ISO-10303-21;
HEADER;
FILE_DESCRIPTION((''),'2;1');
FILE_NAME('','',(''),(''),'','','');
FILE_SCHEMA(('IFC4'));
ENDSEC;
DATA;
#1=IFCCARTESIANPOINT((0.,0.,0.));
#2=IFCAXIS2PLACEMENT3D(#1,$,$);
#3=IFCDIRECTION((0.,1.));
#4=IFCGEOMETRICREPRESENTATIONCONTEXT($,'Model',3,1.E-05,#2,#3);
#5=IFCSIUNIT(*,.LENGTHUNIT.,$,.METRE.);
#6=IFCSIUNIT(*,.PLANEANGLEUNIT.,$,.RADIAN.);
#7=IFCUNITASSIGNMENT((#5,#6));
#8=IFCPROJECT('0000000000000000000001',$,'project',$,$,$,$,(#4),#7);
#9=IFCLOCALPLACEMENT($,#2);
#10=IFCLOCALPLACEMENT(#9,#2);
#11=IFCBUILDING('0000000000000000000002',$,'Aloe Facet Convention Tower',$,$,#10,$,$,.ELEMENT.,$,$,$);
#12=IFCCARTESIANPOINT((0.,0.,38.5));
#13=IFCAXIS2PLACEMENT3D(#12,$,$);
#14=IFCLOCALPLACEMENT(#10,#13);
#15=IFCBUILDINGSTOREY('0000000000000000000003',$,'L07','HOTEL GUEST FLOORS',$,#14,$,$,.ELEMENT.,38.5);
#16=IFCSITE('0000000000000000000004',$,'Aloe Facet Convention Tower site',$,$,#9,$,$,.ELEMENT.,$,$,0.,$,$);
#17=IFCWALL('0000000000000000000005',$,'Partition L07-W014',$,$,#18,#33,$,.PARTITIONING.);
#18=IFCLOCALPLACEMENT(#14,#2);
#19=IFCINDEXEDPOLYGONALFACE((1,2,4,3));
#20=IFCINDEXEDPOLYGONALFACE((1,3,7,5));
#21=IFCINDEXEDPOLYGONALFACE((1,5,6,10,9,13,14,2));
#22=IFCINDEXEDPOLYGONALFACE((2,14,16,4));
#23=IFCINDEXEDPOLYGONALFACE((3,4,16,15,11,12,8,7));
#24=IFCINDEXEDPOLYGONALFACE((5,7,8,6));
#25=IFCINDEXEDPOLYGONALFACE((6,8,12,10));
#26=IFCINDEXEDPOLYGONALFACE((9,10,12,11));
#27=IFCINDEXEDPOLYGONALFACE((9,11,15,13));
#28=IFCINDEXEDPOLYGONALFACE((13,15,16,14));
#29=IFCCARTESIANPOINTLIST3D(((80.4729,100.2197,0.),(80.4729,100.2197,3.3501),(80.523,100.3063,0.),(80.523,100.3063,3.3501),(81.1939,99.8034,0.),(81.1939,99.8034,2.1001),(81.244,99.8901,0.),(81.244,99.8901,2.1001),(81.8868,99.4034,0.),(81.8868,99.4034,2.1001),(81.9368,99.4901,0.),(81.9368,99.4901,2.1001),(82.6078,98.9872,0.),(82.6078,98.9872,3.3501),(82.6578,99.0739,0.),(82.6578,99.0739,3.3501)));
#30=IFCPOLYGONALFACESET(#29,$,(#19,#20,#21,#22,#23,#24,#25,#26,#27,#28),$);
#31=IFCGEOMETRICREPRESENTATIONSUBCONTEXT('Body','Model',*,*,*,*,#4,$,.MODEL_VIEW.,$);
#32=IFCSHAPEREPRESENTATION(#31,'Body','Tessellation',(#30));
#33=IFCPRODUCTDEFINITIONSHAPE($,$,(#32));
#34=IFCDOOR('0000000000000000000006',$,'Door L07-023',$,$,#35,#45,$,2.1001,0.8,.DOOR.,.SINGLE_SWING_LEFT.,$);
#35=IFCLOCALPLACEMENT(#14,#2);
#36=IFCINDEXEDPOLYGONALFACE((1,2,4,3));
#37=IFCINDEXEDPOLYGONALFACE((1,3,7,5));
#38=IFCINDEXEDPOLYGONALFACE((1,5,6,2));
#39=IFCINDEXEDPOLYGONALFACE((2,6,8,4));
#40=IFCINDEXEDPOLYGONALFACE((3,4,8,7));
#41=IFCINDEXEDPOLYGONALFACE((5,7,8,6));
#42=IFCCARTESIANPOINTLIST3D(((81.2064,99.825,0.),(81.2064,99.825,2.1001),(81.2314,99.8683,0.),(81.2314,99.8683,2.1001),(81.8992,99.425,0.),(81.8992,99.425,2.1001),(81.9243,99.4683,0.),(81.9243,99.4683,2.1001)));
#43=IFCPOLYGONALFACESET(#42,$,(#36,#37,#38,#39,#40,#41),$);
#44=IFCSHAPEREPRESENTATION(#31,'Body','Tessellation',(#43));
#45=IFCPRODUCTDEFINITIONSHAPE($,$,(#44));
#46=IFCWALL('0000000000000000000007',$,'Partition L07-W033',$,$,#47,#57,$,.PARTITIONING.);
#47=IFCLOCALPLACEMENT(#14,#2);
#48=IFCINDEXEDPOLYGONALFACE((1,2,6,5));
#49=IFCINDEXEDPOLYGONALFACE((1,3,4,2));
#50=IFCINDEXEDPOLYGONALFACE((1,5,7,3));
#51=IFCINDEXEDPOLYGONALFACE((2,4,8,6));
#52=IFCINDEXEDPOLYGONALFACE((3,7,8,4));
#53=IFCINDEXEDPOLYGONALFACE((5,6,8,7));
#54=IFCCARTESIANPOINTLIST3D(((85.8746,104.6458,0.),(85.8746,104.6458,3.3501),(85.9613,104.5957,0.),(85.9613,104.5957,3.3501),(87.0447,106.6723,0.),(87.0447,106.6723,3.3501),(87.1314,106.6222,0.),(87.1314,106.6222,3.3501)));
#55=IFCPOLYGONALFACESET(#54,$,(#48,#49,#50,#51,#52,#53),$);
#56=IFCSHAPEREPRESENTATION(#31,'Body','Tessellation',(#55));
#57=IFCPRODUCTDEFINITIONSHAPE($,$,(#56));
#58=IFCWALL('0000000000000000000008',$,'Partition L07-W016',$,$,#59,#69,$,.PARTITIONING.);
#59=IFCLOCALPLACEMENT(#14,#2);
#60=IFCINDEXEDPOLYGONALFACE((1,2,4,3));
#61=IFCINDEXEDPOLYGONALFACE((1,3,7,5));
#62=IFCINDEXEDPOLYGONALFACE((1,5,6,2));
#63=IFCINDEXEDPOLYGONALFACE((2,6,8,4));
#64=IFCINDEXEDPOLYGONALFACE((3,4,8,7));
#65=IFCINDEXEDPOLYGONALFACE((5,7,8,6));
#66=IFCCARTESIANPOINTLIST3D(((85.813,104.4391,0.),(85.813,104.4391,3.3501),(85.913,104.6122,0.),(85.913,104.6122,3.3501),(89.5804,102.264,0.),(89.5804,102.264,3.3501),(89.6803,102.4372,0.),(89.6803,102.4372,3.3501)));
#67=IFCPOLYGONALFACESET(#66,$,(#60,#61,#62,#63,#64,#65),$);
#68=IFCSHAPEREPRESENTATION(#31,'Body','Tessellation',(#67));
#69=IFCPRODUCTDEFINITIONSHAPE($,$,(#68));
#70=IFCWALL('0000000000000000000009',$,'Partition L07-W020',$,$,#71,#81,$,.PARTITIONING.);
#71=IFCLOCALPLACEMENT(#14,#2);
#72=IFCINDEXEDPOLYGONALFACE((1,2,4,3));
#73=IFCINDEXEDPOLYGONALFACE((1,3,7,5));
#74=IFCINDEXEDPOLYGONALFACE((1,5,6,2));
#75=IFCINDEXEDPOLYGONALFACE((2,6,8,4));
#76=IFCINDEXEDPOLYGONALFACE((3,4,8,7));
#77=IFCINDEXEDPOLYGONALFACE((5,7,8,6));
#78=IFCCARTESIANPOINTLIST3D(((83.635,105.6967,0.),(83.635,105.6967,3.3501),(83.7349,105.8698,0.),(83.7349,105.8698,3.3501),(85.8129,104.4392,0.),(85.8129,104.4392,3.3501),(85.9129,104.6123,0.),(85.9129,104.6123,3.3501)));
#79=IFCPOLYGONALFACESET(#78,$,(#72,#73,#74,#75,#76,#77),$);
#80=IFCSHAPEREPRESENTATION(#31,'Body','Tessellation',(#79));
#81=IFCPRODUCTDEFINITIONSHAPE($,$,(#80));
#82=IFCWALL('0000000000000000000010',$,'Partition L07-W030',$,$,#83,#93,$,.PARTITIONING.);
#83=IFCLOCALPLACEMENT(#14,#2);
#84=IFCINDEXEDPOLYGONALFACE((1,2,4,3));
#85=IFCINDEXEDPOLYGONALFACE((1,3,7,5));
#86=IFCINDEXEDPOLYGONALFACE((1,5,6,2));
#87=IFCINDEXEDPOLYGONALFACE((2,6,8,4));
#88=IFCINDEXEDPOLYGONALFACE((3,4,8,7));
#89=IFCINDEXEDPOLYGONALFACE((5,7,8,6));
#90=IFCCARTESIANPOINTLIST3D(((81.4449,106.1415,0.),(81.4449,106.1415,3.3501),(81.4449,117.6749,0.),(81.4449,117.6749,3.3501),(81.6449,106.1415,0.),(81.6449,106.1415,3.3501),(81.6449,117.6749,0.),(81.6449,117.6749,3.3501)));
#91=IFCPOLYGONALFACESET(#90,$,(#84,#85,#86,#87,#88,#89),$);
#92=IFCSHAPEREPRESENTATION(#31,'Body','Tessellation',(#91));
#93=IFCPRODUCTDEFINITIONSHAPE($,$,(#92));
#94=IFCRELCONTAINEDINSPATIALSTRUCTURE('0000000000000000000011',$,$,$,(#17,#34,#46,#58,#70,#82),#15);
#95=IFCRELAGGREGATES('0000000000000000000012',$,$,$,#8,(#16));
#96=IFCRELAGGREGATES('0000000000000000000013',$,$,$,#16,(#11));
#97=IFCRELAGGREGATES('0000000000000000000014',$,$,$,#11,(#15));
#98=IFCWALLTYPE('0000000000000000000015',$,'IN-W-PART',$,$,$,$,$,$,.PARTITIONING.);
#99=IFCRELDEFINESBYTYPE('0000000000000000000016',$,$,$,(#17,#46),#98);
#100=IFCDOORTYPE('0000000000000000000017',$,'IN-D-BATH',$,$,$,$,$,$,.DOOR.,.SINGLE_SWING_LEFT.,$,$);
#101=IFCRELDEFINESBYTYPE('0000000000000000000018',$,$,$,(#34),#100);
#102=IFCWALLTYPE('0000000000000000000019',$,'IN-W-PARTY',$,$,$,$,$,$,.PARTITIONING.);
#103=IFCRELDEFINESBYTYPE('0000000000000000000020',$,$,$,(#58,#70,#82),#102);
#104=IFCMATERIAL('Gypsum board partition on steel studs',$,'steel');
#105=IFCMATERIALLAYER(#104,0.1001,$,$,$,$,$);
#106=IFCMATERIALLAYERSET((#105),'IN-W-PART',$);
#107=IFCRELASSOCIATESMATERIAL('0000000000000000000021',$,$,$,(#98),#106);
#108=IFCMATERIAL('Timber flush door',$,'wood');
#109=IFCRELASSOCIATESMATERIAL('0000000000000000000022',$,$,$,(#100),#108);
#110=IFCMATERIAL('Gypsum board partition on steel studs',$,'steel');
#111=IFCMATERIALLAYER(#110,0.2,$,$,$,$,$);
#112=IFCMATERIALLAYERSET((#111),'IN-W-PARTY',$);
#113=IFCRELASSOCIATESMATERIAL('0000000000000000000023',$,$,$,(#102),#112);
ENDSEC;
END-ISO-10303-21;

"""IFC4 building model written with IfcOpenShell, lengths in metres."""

from ifc_helpers import new_model, si_unit, direction, frame, frame_2d, origin, place, context, subcontext, project, spatial, rectangle, extrude, material, layer, layer_set, type_object, element, fill, save


model = new_model("IFC4")

# Units and contexts
model_context = context("Model", 3, precision=1e-05, world=origin(), true_north=direction((0.0, 1.0)))
body_context = subcontext(model_context, "Body", "Model", "MODEL_VIEW")
ifc_project = project(units=[si_unit("LENGTHUNIT", "METRE"), si_unit("PLANEANGLEUNIT", "RADIAN")], contexts=[model_context])

# Site, building, storey
site_placement = place(None, origin())
site = spatial("IfcSite", under=ifc_project, at=site_placement, Name="Aloe Facet Convention Tower site", CompositionType="ELEMENT", RefElevation=0.0)
building_placement = place(site_placement, origin())
building = spatial("IfcBuilding", under=site, at=building_placement, Name="Aloe Facet Convention Tower", CompositionType="ELEMENT")
storey_placement = place(building_placement, frame((0.0, 0.0, 38.5)))
storey = spatial("IfcBuildingStorey", under=building, at=storey_placement, Name="L07", Description="HOTEL GUEST FLOORS", CompositionType="ELEMENT", Elevation=38.5)

# Shared definitions
ifc_material_1 = material(Name="Gypsum board partition on steel studs", Category="steel")
ifc_layer_1 = layer(ifc_material_1, 0.1001)
ifc_layer_set_1 = layer_set([ifc_layer_1], Name="IN-W-PART")
wall_type_1 = type_object("IfcWallType", Name="IN-W-PART", PredefinedType="PARTITIONING", material=ifc_layer_set_1)

# Wall, opening, door
wall_1_placement = place(storey_placement, frame((80.498, 100.2629, 0.0), z_axis=(0.0, 0.0, 1.0), x_axis=(0.86604, -0.499974, 0.0)))
wall_1 = element("IfcWall", 1, at=wall_1_placement, inside=storey, type_object=wall_type_1, Name="Partition L07-W014", PredefinedType="PARTITIONING", context=body_context, shape_type="SweptSolid", body=[
    extrude(rectangle(XDim=2.4651, YDim=0.1001, at=frame_2d((1.2324, 0.0))), origin(), (0.0, 0.0, 1.0), 3.3501),
])
opening_1_placement = place(wall_1_placement, frame((0.8325, 0.0, 0.0)))
opening_1 = element("IfcOpeningElement", 2, at=opening_1_placement, cuts=wall_1, PredefinedType="OPENING", context=body_context, shape_type="SweptSolid", body=[
    extrude(rectangle(XDim=0.8, YDim=2.1001, at=frame_2d((0.3999, 1.05))), frame((0.0, 0.0601, 0.0), z_axis=(0.0, -1.0, 0.0), x_axis=(1.0, 0.0, 0.0)), (0.0, 0.0, 1.0), 0.1201),
])
ifc_material_2 = material(Name="Timber flush door", Category="wood")
door_type_1 = type_object("IfcDoorType", Name="IN-D-BATH", OperationType="SINGLE_SWING_LEFT", PredefinedType="DOOR", material=ifc_material_2)
door_1_placement = place(opening_1_placement, origin())
door_1 = element("IfcDoor", 3, at=door_1_placement, inside=storey, type_object=door_type_1, Name="Door L07-023", OperationType="SINGLE_SWING_LEFT", OverallHeight=2.1001, OverallWidth=0.8, PredefinedType="DOOR", context=body_context, shape_type="SweptSolid", body=[
    extrude(rectangle(XDim=0.8, YDim=2.1001, at=frame_2d((0.3999, 1.05))), frame((0.0, 0.0249, 0.0), z_axis=(0.0, -1.0, 0.0), x_axis=(1.0, 0.0, 0.0)), (0.0, 0.0, 1.0), 0.05),
])
fill(opening_1, door_1)

# Walls
wall_2_placement = place(storey_placement, frame((85.918, 104.6208, 0.0), z_axis=(0.0, 0.0, 1.0), x_axis=(0.500033, 0.866007, 0.0)))
element("IfcWall", 4, at=wall_2_placement, inside=storey, type_object=wall_type_1, Name="Partition L07-W033", PredefinedType="PARTITIONING", context=body_context, shape_type="SweptSolid", body=[
    extrude(rectangle(XDim=2.3401, YDim=0.1001, at=frame_2d((1.1699, 0.0))), origin(), (0.0, 0.0, 1.0), 3.3501),
])
ifc_material_3 = material(Name="Gypsum board partition on steel studs", Category="steel")
ifc_layer_2 = layer(ifc_material_3, 0.2)
ifc_layer_set_2 = layer_set([ifc_layer_2], Name="IN-W-PARTY")
wall_type_2 = type_object("IfcWallType", Name="IN-W-PARTY", PredefinedType="PARTITIONING", material=ifc_layer_set_2)
wall_3_placement = place(storey_placement, frame((85.863, 104.5256, 0.0), z_axis=(0.0, 0.0, 1.0), x_axis=(0.866028, -0.499996, 0.0)))
element("IfcWall", 5, at=wall_3_placement, inside=storey, type_object=wall_type_2, Name="Partition L07-W016", PredefinedType="PARTITIONING", context=body_context, shape_type="SweptSolid", body=[
    extrude(rectangle(XDim=4.3501, YDim=0.2, at=frame_2d((2.175, 0.0))), origin(), (0.0, 0.0, 1.0), 3.3501),
])
wall_4_placement = place(storey_placement, frame((83.6851, 105.7832, 0.0), z_axis=(0.0, 0.0, 1.0), x_axis=(0.866006, -0.500033, 0.0)))
element("IfcWall", 6, at=wall_4_placement, inside=storey, type_object=wall_type_2, Name="Partition L07-W020", PredefinedType="PARTITIONING", context=body_context, shape_type="SweptSolid", body=[
    extrude(rectangle(XDim=2.5149, YDim=0.2, at=frame_2d((1.2573, 0.0))), origin(), (0.0, 0.0, 1.0), 3.3501),
])
wall_5_placement = place(storey_placement, frame((81.5449, 106.1416, 0.0), z_axis=(0.0, 0.0, 1.0), x_axis=(0.0, 1.0, 0.0)))
element("IfcWall", 7, at=wall_5_placement, inside=storey, type_object=wall_type_2, Name="Partition L07-W030", PredefinedType="PARTITIONING", context=body_context, shape_type="SweptSolid", body=[
    extrude(rectangle(XDim=11.5334, YDim=0.2, at=frame_2d((5.7666, 0.0))), origin(), (0.0, 0.0, 1.0), 3.3501),
])

save(model, "model.ifc")
